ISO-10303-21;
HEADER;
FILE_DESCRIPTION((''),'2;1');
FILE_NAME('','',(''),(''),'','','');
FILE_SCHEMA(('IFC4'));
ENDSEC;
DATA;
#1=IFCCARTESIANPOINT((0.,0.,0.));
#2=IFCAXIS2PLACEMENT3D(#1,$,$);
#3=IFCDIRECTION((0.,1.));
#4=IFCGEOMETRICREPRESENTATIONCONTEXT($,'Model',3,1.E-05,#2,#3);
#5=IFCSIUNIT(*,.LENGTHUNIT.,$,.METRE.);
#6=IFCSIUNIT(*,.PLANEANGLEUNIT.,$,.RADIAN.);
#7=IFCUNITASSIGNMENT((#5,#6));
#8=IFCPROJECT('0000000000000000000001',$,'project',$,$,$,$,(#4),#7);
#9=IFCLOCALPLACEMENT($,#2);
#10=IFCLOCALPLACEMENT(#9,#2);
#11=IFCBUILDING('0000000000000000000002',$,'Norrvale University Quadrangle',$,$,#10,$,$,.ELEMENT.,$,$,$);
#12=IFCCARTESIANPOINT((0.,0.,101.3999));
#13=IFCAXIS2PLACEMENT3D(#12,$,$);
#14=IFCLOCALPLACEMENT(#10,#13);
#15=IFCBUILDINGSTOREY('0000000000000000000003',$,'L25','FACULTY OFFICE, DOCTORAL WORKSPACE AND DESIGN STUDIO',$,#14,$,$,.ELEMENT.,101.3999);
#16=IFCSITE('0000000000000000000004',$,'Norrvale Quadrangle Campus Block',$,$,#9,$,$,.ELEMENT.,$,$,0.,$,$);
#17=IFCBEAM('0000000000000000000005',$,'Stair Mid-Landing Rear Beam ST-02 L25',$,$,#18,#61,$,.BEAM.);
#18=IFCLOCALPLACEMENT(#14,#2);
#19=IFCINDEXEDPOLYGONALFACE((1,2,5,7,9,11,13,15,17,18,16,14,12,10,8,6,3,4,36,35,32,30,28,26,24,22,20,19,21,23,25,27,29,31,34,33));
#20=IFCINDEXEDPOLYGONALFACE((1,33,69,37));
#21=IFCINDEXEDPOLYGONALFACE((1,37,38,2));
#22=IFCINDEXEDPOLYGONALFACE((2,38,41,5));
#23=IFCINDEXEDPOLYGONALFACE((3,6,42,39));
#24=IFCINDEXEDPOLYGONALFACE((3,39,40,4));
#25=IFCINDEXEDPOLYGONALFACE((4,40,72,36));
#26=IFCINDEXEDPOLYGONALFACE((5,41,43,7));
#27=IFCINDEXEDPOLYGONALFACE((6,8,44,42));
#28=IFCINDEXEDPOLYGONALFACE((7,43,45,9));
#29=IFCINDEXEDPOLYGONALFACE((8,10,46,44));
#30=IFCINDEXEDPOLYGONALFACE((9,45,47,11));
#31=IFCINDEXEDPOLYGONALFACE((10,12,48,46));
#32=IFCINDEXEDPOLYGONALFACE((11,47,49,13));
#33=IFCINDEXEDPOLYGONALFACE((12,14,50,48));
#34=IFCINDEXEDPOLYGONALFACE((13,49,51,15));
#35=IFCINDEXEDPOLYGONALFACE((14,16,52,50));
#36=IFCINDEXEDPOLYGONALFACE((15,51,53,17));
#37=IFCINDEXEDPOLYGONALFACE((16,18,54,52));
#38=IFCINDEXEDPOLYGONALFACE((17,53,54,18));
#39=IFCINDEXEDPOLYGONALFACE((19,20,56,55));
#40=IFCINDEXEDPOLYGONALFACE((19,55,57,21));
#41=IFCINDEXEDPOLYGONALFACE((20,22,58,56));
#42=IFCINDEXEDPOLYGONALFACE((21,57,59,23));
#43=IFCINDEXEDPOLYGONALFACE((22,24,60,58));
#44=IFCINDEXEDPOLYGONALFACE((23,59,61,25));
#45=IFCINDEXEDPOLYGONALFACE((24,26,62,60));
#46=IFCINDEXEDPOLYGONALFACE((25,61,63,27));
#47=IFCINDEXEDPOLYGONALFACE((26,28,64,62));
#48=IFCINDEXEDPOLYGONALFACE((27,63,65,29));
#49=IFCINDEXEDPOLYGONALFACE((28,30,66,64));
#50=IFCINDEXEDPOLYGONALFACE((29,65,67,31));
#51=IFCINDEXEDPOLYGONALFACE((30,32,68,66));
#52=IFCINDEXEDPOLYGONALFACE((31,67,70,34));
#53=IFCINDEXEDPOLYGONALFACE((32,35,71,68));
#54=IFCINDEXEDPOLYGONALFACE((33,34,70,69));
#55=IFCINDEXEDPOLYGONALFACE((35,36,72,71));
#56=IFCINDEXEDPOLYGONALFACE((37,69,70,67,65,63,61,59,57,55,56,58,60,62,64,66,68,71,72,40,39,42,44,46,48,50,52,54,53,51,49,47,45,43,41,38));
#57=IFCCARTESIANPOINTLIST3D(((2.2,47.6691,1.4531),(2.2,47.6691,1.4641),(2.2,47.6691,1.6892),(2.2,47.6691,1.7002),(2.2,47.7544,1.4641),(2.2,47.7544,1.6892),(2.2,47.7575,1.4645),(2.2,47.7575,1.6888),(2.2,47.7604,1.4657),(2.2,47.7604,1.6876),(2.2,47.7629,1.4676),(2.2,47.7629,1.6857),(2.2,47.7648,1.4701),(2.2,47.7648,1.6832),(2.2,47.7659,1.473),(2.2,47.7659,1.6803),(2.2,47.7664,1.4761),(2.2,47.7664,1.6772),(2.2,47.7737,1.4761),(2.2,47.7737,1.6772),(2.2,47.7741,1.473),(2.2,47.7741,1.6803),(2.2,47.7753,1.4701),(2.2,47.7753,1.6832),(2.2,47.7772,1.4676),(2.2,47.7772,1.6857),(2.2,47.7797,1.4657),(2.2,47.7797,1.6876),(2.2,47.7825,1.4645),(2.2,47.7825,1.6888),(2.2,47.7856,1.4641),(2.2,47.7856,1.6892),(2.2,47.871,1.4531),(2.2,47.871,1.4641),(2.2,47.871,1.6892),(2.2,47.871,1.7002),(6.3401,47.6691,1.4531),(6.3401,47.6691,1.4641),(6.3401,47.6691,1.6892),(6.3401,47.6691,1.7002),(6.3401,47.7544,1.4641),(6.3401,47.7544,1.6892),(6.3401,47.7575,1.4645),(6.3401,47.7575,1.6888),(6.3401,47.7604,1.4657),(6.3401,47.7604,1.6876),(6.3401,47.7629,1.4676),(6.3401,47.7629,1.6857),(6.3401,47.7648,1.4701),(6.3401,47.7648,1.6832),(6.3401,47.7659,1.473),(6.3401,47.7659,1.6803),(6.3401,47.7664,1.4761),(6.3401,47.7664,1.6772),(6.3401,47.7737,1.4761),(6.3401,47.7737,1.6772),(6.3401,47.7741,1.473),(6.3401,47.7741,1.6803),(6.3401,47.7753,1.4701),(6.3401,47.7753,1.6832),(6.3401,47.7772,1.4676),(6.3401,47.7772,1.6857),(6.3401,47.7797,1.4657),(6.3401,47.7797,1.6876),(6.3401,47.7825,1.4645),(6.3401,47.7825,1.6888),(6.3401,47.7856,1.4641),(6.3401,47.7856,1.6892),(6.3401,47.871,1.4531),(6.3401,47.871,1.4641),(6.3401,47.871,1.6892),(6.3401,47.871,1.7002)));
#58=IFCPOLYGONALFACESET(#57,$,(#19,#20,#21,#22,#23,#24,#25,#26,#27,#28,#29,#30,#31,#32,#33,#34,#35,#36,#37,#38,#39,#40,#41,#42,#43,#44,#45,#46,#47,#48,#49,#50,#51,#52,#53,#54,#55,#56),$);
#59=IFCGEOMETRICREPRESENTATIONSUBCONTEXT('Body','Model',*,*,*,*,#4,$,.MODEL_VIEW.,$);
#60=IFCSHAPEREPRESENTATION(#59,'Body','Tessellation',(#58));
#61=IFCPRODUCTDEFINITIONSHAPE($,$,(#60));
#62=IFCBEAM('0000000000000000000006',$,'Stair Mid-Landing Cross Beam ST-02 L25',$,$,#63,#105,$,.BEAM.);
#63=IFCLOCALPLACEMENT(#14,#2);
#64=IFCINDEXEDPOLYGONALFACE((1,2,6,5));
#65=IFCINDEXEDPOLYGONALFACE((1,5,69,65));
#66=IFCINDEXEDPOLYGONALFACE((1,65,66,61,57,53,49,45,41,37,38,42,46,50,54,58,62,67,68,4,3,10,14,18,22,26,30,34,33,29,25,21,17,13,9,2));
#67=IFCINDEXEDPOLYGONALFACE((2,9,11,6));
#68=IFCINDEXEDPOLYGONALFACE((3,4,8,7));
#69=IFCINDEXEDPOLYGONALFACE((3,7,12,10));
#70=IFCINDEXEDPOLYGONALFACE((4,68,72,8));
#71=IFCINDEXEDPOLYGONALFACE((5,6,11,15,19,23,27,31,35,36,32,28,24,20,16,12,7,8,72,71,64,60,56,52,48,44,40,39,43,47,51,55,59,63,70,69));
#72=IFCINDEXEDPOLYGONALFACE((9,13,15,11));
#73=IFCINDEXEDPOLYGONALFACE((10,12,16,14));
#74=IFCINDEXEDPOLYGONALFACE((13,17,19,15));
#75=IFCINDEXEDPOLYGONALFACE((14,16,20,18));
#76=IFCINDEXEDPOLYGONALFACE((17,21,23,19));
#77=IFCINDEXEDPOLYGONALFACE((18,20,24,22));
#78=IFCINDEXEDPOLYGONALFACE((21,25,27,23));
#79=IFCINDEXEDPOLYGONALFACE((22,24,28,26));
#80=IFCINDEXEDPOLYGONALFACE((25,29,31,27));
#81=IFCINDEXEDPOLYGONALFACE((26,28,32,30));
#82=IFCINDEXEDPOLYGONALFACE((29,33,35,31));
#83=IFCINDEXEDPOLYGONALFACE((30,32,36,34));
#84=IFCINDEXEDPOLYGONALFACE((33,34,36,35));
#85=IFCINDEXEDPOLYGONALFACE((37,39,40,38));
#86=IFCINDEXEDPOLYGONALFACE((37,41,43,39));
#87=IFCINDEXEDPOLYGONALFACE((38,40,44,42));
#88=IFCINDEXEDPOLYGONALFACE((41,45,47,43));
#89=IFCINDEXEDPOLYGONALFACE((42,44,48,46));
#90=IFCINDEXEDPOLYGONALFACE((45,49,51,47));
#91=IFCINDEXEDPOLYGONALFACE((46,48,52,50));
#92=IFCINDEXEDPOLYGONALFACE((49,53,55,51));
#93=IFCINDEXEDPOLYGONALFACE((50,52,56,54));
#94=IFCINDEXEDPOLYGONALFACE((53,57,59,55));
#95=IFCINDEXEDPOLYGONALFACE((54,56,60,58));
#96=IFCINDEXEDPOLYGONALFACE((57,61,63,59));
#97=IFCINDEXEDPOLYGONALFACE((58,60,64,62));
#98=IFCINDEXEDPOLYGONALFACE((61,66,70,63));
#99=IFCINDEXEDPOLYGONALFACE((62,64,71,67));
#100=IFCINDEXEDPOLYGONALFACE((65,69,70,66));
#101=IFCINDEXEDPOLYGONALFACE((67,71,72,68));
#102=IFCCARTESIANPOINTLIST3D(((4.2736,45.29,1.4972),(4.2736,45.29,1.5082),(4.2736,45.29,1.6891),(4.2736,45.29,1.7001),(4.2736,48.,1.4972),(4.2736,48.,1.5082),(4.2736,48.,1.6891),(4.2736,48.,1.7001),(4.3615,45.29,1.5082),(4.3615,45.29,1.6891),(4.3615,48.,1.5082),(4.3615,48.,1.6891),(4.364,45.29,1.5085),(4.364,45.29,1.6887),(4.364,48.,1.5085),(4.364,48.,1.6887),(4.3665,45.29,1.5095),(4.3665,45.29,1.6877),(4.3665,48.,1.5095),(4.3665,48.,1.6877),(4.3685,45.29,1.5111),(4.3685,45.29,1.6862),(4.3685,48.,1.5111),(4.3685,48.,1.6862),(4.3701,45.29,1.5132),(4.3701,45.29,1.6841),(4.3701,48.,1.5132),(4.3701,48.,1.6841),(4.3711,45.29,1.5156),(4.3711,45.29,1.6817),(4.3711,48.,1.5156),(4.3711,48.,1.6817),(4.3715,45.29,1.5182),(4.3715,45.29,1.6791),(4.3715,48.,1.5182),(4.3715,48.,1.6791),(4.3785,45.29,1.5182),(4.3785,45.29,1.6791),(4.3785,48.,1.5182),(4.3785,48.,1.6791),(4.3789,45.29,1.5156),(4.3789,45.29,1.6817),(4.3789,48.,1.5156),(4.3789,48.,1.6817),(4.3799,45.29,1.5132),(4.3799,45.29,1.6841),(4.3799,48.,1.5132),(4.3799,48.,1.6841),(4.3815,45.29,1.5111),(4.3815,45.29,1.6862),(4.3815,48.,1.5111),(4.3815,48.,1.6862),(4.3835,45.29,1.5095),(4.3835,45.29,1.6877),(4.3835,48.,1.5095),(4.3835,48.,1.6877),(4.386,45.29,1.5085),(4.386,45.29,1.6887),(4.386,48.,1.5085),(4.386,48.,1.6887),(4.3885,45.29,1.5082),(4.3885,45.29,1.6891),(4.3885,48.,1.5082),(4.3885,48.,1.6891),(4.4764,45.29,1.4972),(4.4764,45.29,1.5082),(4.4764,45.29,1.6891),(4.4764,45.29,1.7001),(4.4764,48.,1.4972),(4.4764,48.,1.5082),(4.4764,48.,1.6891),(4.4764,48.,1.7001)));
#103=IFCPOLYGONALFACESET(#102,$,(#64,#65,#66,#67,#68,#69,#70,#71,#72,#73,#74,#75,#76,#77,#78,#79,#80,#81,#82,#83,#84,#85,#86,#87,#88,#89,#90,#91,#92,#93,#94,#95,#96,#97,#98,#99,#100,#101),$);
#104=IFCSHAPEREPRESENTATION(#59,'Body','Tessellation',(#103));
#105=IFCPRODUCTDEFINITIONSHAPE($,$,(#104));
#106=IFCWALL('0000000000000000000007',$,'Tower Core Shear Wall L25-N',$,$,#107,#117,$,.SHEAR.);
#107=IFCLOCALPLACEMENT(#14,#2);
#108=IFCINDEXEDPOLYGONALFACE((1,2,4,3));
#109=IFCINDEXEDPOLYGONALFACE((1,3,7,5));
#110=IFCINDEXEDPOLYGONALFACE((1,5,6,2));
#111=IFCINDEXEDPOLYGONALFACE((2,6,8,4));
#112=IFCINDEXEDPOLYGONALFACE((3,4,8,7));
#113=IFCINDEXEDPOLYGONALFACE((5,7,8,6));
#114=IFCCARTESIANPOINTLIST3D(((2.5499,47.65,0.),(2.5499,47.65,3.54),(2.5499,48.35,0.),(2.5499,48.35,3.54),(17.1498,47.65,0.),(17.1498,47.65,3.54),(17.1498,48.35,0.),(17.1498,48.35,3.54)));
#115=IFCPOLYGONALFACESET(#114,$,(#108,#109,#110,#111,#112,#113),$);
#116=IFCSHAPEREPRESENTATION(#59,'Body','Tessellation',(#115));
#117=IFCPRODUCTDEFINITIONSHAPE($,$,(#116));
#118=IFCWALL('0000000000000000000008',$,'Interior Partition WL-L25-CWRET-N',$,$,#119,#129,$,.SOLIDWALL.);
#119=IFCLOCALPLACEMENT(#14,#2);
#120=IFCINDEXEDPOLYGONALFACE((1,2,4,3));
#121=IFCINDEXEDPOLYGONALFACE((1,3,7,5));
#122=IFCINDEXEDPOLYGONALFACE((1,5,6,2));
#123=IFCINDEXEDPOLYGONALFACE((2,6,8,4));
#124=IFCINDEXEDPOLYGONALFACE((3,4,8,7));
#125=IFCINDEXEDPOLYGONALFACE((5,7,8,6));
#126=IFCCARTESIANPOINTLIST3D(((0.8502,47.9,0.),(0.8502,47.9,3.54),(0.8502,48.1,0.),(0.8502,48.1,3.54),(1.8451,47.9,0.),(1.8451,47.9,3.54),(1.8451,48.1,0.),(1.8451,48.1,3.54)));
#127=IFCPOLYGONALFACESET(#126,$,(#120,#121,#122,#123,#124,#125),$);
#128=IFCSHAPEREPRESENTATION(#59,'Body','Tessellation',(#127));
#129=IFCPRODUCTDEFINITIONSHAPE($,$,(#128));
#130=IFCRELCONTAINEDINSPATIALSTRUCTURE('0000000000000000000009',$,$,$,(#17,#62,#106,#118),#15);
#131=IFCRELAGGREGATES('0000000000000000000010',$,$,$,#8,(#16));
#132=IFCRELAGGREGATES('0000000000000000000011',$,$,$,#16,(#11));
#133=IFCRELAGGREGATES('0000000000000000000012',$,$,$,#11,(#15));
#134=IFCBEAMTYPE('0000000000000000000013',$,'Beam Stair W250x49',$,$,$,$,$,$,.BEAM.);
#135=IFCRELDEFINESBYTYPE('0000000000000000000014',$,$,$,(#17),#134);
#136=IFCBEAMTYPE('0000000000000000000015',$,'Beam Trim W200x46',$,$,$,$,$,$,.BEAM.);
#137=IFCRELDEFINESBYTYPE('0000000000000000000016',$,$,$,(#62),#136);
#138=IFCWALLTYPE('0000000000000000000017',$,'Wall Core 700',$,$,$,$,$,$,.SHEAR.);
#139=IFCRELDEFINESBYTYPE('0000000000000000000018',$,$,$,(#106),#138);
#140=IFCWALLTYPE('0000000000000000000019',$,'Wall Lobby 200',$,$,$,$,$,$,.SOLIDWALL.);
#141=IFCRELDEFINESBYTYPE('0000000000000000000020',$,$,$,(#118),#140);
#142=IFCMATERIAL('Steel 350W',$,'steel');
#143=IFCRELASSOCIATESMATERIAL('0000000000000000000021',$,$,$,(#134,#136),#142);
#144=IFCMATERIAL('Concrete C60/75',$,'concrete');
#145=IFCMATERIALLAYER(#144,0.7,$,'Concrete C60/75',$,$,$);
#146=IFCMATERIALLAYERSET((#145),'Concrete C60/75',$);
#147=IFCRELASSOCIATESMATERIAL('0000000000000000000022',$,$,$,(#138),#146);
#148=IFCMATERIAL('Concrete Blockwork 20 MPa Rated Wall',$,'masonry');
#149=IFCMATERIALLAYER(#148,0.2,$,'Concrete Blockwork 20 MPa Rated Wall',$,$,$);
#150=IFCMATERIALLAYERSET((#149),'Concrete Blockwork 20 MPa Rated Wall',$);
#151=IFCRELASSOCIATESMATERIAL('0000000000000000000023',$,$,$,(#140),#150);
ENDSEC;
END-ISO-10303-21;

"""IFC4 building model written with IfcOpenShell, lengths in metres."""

from ifc_helpers import new_model, si_unit, direction, frame, frame_2d, origin, origin_2d, place, context, subcontext, project, spatial, rectangle, i_section, extrude, material, layer, layer_set, material_profile, profile_set, type_object, element, save


model = new_model("IFC4")

# Units and contexts
model_context = context("Model", 3, precision=1e-05, world=origin(), true_north=direction((0.0, 1.0)))
body_context = subcontext(model_context, "Body", "Model", "MODEL_VIEW")
ifc_project = project(units=[si_unit("LENGTHUNIT", "METRE"), si_unit("PLANEANGLEUNIT", "RADIAN")], contexts=[model_context])

# Site, building, storey
site_placement = place(None, origin())
site = spatial("IfcSite", under=ifc_project, at=site_placement, Name="Norrvale Quadrangle Campus Block", CompositionType="ELEMENT", RefElevation=0.0)
building_placement = place(site_placement, origin())
building = spatial("IfcBuilding", under=site, at=building_placement, Name="Norrvale University Quadrangle", CompositionType="ELEMENT")
storey_placement = place(building_placement, frame((0.0, 0.0, 101.3999)))
storey = spatial("IfcBuildingStorey", under=building, at=storey_placement, Name="L25", Description="FACULTY OFFICE, DOCTORAL WORKSPACE AND DESIGN STUDIO", CompositionType="ELEMENT", Elevation=101.3999)

# Shared definitions
ifc_material_1 = material(Name="Concrete C60/75", Category="concrete")

# Beams
ifc_material_2 = material(Name="Steel 350W", Category="steel")
ifc_material_profile_1 = material_profile(ifc_material_2, i_section(OverallWidth=0.2019, OverallDepth=0.2471, WebThickness=0.0073, FlangeThickness=0.011, FilletRadius=0.012, at=origin_2d()), Name="Steel 350W")
ifc_profile_set_1 = profile_set([ifc_material_profile_1], Name="Steel 350W")
beam_type_1 = type_object("IfcBeamType", Name="Beam Stair W250x49", PredefinedType="BEAM", material=ifc_profile_set_1)
beam_1_placement = place(storey_placement, frame((2.2, 47.77, 1.5767), z_axis=(1.0, 0.0, 0.0), x_axis=(0.0, 1.0, 0.0)))
element("IfcBeam", 1, at=beam_1_placement, inside=storey, type_object=beam_type_1, Name="Stair Mid-Landing Rear Beam ST-02 L25", PredefinedType="BEAM", context=body_context, shape_type="SweptSolid", body=[
    extrude(i_section(OverallWidth=0.2019, OverallDepth=0.2471, WebThickness=0.0073, FlangeThickness=0.011, FilletRadius=0.012, at=origin_2d()), origin(), (0.0, 0.0, 1.0), 4.1401),
])
ifc_material_profile_2 = material_profile(ifc_material_2, i_section(OverallWidth=0.2029, OverallDepth=0.2029, WebThickness=0.0071, FlangeThickness=0.011, FilletRadius=0.01, at=origin_2d()), Name="Steel 350W")
ifc_profile_set_2 = profile_set([ifc_material_profile_2], Name="Steel 350W")
beam_type_2 = type_object("IfcBeamType", Name="Beam Trim W200x46", PredefinedType="BEAM", material=ifc_profile_set_2)
beam_2_placement = place(storey_placement, frame((4.375, 45.29, 1.5986), z_axis=(0.0, 1.0, 0.0), x_axis=(-1.0, 0.0, 0.0)))
element("IfcBeam", 2, at=beam_2_placement, inside=storey, type_object=beam_type_2, Name="Stair Mid-Landing Cross Beam ST-02 L25", PredefinedType="BEAM", context=body_context, shape_type="SweptSolid", body=[
    extrude(i_section(OverallWidth=0.2029, OverallDepth=0.2029, WebThickness=0.0071, FlangeThickness=0.011, FilletRadius=0.01, at=origin_2d()), origin(), (0.0, 0.0, 1.0), 2.71),
])

# Wall
ifc_layer_1 = layer(ifc_material_1, 0.7, Name="Concrete C60/75")
ifc_layer_set_1 = layer_set([ifc_layer_1], Name="Concrete C60/75")
wall_type_1 = type_object("IfcWallType", Name="Wall Core 700", PredefinedType="SHEAR", material=ifc_layer_set_1)
wall_1_placement = place(storey_placement, frame((2.55, 48.0, 0.0), z_axis=(0.0, 0.0, 1.0), x_axis=(1.0, 0.0, 0.0)))
element("IfcWall", 3, at=wall_1_placement, inside=storey, type_object=wall_type_1, Name="Tower Core Shear Wall L25-N", PredefinedType="SHEAR", context=body_context, shape_type="SweptSolid", body=[
    extrude(rectangle(XDim=14.5999, YDim=0.7, at=frame_2d((7.2998, 0.0))), origin(), (0.0, 0.0, 1.0), 3.54),
])

# Wall
ifc_material_3 = material(Name="Concrete Blockwork 20 MPa Rated Wall", Category="masonry")
ifc_layer_2 = layer(ifc_material_3, 0.2, Name="Concrete Blockwork 20 MPa Rated Wall")
ifc_layer_set_2 = layer_set([ifc_layer_2], Name="Concrete Blockwork 20 MPa Rated Wall")
wall_type_2 = type_object("IfcWallType", Name="Wall Lobby 200", PredefinedType="SOLIDWALL", material=ifc_layer_set_2)
wall_2_placement = place(storey_placement, frame((0.8501, 48.0, 0.0), z_axis=(0.0, 0.0, 1.0), x_axis=(1.0, 0.0, 0.0)))
element("IfcWall", 4, at=wall_2_placement, inside=storey, type_object=wall_type_2, Name="Interior Partition WL-L25-CWRET-N", PredefinedType="SOLIDWALL", context=body_context, shape_type="SweptSolid", body=[
    extrude(rectangle(XDim=0.9949, YDim=0.2, at=frame_2d((0.4976, 0.0))), origin(), (0.0, 0.0, 1.0), 3.54),
])

save(model, "model.ifc")
